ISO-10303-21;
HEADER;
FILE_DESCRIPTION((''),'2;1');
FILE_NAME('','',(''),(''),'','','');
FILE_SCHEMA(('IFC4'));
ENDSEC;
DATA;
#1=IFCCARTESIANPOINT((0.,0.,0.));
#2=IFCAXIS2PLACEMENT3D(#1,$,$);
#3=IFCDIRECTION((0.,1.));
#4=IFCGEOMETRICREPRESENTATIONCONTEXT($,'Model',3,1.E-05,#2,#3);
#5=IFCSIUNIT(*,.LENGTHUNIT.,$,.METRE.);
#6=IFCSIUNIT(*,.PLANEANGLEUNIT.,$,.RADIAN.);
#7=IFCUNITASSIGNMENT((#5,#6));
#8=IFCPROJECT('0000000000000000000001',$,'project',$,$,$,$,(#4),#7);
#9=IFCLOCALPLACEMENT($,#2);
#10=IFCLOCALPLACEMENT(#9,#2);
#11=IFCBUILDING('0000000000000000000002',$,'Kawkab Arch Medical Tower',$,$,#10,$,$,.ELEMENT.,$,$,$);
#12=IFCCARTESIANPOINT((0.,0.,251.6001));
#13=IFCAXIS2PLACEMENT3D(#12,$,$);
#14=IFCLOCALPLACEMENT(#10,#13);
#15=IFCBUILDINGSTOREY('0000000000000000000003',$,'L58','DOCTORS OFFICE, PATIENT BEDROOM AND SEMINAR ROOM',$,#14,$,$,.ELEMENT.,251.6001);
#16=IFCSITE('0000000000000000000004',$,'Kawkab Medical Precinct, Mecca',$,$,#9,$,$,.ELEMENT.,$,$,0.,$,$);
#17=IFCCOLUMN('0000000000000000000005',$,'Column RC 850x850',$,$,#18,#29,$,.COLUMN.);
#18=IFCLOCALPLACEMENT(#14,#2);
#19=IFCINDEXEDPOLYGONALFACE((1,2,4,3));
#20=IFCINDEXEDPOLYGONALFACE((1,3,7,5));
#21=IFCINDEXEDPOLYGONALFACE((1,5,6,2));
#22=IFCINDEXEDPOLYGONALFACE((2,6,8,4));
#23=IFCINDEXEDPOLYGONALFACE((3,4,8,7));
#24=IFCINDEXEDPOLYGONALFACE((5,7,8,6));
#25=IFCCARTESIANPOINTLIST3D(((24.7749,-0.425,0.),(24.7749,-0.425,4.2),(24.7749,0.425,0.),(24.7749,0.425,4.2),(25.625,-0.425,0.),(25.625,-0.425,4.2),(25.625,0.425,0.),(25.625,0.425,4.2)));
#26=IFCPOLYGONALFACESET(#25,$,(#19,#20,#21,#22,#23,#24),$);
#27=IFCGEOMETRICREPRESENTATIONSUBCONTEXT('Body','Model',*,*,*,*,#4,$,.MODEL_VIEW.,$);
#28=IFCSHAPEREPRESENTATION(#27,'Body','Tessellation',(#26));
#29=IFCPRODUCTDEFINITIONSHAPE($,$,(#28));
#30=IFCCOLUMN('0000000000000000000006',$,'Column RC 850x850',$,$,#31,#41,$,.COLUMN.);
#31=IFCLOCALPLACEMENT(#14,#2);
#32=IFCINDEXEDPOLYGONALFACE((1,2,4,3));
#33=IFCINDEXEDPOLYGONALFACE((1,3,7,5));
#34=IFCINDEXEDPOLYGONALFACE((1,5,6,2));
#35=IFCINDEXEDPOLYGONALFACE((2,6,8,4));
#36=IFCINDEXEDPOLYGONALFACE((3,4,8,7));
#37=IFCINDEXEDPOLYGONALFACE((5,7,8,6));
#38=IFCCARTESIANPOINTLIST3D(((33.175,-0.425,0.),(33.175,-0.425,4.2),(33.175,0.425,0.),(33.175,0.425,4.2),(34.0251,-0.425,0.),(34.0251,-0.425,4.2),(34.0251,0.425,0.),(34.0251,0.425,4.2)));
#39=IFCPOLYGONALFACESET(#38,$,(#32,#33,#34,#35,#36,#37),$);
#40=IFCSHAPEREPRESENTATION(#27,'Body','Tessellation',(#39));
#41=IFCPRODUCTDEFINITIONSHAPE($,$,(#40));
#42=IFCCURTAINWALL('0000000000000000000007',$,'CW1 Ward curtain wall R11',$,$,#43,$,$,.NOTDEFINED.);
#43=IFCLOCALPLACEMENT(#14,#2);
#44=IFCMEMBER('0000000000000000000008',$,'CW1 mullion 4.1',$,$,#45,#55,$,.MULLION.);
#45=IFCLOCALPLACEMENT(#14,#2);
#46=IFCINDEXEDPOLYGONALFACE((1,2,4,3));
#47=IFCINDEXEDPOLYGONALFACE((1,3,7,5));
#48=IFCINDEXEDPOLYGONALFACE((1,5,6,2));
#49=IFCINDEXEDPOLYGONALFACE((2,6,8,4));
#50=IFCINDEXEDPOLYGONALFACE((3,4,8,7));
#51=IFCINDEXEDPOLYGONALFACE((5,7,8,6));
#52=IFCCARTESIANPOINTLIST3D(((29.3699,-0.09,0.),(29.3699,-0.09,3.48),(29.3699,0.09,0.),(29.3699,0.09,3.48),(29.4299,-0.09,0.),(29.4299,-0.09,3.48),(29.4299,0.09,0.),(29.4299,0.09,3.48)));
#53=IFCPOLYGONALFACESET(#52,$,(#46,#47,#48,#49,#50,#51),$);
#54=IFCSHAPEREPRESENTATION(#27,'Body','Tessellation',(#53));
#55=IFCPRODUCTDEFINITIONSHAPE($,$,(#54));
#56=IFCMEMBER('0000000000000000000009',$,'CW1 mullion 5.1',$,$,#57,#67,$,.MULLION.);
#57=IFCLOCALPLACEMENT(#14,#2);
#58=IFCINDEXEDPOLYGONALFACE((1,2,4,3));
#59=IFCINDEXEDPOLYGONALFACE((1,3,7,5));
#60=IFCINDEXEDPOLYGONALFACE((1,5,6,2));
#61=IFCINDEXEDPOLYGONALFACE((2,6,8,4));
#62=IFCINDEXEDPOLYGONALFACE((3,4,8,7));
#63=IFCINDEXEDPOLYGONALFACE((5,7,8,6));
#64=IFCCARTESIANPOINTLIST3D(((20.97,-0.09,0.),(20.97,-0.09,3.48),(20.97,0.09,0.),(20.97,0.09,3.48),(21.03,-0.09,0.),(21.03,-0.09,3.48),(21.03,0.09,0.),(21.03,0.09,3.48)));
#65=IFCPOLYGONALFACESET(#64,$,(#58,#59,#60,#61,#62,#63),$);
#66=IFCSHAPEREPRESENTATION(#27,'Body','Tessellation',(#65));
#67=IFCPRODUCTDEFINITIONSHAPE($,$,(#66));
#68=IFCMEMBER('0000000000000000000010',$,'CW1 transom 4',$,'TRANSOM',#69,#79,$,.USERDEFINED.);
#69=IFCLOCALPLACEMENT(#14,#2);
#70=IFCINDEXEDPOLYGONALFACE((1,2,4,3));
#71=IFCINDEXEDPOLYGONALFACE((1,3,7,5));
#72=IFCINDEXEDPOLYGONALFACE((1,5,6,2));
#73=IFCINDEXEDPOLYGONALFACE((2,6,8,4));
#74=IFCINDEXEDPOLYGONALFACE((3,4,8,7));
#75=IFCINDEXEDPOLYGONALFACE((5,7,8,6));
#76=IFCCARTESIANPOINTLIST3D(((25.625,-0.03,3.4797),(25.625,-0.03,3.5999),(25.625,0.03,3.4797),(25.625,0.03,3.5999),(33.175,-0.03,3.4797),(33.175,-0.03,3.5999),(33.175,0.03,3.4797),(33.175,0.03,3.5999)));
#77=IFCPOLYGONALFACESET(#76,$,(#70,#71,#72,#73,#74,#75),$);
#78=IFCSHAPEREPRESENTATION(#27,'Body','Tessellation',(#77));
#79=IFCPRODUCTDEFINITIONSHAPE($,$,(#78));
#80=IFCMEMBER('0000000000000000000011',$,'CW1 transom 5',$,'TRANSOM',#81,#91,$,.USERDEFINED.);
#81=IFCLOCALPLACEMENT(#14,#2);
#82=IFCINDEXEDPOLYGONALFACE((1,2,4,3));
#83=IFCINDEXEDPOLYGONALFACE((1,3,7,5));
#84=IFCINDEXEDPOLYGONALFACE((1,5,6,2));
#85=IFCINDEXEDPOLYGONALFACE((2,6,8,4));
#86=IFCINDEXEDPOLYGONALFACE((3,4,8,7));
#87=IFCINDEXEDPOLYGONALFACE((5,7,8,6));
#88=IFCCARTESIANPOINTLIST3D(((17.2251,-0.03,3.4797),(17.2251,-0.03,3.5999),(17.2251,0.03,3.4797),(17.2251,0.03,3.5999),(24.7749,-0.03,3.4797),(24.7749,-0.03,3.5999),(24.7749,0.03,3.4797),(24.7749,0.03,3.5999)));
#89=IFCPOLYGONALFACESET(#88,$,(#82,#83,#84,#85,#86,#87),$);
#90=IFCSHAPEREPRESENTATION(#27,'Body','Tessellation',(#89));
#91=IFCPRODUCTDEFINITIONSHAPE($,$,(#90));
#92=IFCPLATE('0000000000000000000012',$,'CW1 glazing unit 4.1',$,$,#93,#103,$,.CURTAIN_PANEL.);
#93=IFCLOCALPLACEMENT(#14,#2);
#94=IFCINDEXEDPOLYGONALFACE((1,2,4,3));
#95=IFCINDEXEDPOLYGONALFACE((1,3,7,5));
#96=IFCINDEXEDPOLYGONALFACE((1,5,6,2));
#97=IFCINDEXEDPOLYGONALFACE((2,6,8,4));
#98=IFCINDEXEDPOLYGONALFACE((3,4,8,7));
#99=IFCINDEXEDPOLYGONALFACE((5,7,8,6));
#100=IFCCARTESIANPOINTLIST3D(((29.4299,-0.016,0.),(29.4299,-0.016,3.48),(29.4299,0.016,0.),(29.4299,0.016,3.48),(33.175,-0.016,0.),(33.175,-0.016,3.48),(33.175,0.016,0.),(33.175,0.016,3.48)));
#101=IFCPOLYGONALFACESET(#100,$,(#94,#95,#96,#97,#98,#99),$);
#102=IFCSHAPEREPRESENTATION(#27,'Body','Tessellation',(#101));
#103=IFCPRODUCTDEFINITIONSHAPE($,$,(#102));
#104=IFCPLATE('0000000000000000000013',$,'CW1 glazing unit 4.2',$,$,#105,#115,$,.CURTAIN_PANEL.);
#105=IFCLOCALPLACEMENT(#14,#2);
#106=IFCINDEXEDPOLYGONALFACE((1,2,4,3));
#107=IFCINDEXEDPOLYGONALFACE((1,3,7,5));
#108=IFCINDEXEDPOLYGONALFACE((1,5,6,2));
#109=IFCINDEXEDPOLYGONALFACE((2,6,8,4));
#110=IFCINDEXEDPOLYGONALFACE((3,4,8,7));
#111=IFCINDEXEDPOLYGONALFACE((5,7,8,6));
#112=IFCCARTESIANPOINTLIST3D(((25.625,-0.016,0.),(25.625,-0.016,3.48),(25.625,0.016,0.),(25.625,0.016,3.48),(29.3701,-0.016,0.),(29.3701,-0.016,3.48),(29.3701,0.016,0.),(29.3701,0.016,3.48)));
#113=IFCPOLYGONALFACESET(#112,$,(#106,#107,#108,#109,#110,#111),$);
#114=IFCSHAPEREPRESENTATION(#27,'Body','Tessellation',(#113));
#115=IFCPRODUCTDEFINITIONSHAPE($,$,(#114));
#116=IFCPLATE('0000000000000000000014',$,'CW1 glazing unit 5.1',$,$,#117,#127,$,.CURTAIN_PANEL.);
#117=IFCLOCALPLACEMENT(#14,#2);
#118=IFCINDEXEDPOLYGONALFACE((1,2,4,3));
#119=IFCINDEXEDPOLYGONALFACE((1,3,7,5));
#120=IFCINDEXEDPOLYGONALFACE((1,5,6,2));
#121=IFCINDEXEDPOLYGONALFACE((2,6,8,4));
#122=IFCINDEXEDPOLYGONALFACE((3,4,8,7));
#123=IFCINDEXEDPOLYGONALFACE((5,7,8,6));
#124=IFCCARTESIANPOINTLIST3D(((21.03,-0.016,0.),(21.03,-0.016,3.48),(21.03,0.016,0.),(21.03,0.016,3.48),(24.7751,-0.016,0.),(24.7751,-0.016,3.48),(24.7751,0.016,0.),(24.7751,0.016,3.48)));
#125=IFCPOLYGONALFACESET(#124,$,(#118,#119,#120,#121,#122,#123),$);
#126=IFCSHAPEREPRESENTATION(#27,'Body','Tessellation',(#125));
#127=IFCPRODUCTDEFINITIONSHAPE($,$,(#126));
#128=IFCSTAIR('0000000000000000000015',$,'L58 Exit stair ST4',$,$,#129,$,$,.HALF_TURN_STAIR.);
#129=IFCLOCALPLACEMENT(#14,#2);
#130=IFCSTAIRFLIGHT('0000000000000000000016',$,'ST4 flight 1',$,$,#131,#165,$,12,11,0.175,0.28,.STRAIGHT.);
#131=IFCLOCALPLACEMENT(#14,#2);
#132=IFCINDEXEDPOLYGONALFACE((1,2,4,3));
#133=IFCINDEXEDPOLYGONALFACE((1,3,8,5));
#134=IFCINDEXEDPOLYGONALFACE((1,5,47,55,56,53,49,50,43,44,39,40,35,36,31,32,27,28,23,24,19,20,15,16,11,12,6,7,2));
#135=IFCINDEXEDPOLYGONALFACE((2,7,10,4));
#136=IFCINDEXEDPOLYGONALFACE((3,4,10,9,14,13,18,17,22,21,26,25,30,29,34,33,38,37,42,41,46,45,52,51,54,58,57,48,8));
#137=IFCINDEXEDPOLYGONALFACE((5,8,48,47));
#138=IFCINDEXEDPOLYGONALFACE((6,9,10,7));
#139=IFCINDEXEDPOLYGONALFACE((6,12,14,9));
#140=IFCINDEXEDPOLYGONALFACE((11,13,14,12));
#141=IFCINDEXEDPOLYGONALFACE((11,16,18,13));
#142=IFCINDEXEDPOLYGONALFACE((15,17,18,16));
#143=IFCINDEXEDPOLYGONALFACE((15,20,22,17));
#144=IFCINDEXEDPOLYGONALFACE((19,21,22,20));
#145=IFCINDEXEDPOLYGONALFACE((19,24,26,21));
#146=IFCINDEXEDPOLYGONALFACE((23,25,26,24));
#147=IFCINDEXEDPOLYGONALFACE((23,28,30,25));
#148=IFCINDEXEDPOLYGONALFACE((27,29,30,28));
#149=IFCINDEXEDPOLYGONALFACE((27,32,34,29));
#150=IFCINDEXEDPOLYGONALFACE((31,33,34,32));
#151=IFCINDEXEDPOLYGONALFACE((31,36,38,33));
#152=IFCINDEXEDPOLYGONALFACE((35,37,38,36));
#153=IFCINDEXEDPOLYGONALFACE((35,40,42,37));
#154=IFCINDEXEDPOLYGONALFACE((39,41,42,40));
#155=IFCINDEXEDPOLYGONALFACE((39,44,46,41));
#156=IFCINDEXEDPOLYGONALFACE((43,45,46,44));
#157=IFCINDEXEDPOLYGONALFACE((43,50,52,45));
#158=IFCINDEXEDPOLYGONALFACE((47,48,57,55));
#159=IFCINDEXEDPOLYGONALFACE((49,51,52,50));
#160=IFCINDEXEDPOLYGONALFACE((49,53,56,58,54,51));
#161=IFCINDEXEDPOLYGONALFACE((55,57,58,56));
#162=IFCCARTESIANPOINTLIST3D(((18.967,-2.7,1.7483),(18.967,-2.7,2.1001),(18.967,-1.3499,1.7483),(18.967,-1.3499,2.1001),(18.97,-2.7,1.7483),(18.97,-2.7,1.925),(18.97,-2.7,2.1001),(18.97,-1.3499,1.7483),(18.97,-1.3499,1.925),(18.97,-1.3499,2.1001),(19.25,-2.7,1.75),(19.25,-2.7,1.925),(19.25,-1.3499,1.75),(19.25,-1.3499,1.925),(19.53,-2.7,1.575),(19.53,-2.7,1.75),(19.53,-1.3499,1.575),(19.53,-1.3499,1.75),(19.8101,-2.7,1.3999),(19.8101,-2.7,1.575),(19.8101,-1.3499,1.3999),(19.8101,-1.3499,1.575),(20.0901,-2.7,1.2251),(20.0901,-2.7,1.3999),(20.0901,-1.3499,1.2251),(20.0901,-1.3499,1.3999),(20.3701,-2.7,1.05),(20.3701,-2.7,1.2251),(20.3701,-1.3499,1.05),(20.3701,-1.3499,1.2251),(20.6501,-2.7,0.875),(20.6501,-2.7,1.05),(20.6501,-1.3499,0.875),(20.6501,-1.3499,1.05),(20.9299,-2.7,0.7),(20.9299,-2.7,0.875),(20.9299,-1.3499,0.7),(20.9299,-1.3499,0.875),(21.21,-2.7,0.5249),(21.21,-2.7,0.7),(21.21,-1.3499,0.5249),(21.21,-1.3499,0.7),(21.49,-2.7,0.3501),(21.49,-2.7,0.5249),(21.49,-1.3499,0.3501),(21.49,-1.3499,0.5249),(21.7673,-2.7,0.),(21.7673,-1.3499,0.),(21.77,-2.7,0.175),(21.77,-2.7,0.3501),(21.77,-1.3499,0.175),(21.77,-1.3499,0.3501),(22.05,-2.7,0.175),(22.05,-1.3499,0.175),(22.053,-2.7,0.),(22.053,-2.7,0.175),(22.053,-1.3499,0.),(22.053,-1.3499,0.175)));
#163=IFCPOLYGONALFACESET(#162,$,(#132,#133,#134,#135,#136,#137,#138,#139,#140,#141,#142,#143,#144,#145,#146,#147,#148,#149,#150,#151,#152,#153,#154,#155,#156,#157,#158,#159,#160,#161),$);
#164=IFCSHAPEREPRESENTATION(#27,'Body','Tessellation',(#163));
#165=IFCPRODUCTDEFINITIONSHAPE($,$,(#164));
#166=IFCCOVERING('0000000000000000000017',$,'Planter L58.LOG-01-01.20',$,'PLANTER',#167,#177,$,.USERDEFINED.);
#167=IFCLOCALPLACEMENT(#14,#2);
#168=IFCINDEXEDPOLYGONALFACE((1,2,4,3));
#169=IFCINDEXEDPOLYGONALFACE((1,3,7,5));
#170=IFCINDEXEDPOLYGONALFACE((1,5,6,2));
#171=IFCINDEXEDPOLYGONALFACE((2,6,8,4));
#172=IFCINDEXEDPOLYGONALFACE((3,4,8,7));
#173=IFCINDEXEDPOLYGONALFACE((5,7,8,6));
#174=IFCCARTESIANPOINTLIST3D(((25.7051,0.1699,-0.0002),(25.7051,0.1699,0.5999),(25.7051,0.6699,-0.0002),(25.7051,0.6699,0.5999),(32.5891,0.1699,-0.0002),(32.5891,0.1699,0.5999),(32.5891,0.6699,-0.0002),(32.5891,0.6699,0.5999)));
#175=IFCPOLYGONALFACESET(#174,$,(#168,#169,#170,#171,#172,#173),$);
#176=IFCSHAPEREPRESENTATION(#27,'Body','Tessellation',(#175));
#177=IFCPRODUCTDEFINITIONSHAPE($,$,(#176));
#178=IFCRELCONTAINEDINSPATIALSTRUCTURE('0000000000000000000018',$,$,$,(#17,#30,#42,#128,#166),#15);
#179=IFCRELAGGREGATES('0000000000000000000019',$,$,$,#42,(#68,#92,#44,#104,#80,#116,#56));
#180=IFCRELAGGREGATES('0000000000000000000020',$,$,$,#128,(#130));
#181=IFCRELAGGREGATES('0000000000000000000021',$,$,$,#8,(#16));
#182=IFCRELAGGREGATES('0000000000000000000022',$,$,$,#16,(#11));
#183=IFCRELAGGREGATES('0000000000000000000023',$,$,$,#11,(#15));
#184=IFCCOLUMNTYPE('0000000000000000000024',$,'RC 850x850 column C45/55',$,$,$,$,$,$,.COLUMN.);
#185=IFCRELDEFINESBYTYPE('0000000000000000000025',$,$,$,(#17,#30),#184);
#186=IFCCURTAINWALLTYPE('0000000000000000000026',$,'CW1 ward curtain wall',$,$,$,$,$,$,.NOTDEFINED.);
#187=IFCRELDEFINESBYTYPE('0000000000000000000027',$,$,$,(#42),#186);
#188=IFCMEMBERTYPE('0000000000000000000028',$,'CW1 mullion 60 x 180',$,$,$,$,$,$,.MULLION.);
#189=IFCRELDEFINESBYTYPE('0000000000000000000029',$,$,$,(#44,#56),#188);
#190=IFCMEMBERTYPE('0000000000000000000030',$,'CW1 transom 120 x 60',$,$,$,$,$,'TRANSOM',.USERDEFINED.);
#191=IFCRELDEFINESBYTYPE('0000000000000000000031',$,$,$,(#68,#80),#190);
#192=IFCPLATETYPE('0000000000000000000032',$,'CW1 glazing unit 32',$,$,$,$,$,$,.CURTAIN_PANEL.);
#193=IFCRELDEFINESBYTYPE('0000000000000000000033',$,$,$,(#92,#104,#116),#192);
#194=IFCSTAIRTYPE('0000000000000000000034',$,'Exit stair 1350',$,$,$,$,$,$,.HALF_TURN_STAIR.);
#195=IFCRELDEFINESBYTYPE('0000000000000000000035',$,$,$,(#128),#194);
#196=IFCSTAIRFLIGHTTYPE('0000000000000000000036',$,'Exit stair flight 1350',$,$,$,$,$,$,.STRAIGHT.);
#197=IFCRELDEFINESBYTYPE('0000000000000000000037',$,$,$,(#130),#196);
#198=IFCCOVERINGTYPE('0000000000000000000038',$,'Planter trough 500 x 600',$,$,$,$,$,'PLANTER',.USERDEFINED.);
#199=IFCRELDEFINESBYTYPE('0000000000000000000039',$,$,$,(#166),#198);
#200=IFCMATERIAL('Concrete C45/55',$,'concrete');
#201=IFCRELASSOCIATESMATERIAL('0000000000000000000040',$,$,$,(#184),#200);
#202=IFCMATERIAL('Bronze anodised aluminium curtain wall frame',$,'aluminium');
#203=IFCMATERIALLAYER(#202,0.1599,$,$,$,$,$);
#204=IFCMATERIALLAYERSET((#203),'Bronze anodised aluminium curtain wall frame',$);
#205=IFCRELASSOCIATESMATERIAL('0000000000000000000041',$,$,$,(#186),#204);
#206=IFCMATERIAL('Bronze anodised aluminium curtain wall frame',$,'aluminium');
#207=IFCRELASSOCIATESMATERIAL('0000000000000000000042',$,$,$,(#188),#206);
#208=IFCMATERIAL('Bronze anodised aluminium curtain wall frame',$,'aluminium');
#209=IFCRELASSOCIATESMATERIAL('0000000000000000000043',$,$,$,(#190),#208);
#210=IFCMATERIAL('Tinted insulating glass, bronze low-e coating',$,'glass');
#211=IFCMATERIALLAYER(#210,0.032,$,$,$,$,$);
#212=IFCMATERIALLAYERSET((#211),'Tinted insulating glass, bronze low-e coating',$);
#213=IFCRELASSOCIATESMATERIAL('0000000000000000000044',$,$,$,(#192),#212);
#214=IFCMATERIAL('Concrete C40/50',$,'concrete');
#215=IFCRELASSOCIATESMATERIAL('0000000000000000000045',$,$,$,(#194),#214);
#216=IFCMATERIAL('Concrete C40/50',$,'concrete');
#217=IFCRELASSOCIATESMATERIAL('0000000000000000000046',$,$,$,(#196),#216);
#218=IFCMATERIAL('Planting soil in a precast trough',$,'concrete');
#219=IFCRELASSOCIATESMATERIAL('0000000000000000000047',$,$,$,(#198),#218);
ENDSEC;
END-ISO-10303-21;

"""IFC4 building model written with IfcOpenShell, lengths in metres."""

from ifc_helpers import new_model, si_unit, direction, frame, origin, origin_2d, place, context, subcontext, project, spatial, polyline, rectangle, outline, extrude, material, layer, layer_set, material_profile, profile_set, type_object, element, aggregate, save


model = new_model("IFC4")

# Units and contexts
model_context = context("Model", 3, precision=1e-05, world=origin(), true_north=direction((0.0, 1.0)))
body_context = subcontext(model_context, "Body", "Model", "MODEL_VIEW")
ifc_project = project(units=[si_unit("LENGTHUNIT", "METRE"), si_unit("PLANEANGLEUNIT", "RADIAN")], contexts=[model_context])

# Site, building, storey
site_placement = place(None, origin())
site = spatial("IfcSite", under=ifc_project, at=site_placement, Name="Kawkab Medical Precinct, Mecca", CompositionType="ELEMENT", RefElevation=0.0)
building_placement = place(site_placement, origin())
building = spatial("IfcBuilding", under=site, at=building_placement, Name="Kawkab Arch Medical Tower", CompositionType="ELEMENT")
storey_placement = place(building_placement, frame((0.0, 0.0, 251.6001)))
storey = spatial("IfcBuildingStorey", under=building, at=storey_placement, Name="L58", Description="DOCTORS OFFICE, PATIENT BEDROOM AND SEMINAR ROOM", CompositionType="ELEMENT", Elevation=251.6001)

# Columns
ifc_material_1 = material(Name="Concrete C45/55", Category="concrete")
ifc_material_profile_1 = material_profile(ifc_material_1, rectangle(XDim=0.8501, YDim=0.8501, at=origin_2d()), Name="RC 850x850")
ifc_profile_set_1 = profile_set([ifc_material_profile_1], Name="Concrete C45/55")
column_type = type_object("IfcColumnType", Name="RC 850x850 column C45/55", PredefinedType="COLUMN", material=ifc_profile_set_1)
for number, where, z_axis, x_axis, name in (
    (1, (25.2, 0.0, 0.0), (0.0, 0.0, 1.0), (1.0, 0.0, 0.0), "Column RC 850x850"),
    (2, (33.6001, 0.0, 0.0), (0.0, 0.0, 1.0), (1.0, 0.0, 0.0), "Column RC 850x850"),
):
    element("IfcColumn", number, at=place(storey_placement, frame(where, z_axis=z_axis, x_axis=x_axis)), inside=storey, type_object=column_type, Name=name, PredefinedType="COLUMN", context=body_context, shape_type="SweptSolid", body=[
        extrude(rectangle(XDim=0.8501, YDim=0.8501, at=origin_2d()), origin(), (0.0, 0.0, 1.0), 4.2),
    ])

# Curtain wall, members, plates
ifc_material_2 = material(Name="Bronze anodised aluminium curtain wall frame", Category="aluminium")
ifc_layer_1 = layer(ifc_material_2, 0.1599)
ifc_layer_set_1 = layer_set([ifc_layer_1], Name="Bronze anodised aluminium curtain wall frame")
curtain_wall_type = type_object("IfcCurtainWallType", Name="CW1 ward curtain wall", PredefinedType="NOTDEFINED", material=ifc_layer_set_1)
placement = place(storey_placement, origin())
curtain_wall = element("IfcCurtainWall", 3, at=placement, inside=storey, type_object=curtain_wall_type, Name="CW1 Ward curtain wall R11", PredefinedType="NOTDEFINED")
ifc_material_3 = material(Name="Bronze anodised aluminium curtain wall frame", Category="aluminium")
ifc_material_profile_2 = material_profile(ifc_material_3, rectangle(XDim=0.1799, YDim=0.0601, at=origin_2d()), Name="AL 60x180")
ifc_profile_set_2 = profile_set([ifc_material_profile_2], Name="Bronze anodised aluminium curtain wall frame")
member_type_1 = type_object("IfcMemberType", Name="CW1 mullion 60 x 180", PredefinedType="MULLION", material=ifc_profile_set_2)
member_1_placement = place(storey_placement, frame((29.3999, 0.0, 0.0), z_axis=(0.0, 0.0, 1.0), x_axis=(0.0, -1.0, 0.0)))
member_1 = element("IfcMember", 4, at=member_1_placement, type_object=member_type_1, Name="CW1 mullion 4.1", PredefinedType="MULLION", context=body_context, shape_type="SweptSolid", body=[
    extrude(rectangle(XDim=0.1799, YDim=0.0601, at=origin_2d()), origin(), (0.0, 0.0, 1.0), 3.48),
])
member_2_placement = place(storey_placement, frame((21.0, 0.0, 0.0), z_axis=(0.0, 0.0, 1.0), x_axis=(0.0, -1.0, 0.0)))
member_2 = element("IfcMember", 5, at=member_2_placement, type_object=member_type_1, Name="CW1 mullion 5.1", PredefinedType="MULLION", context=body_context, shape_type="SweptSolid", body=[
    extrude(rectangle(XDim=0.1799, YDim=0.0601, at=origin_2d()), origin(), (0.0, 0.0, 1.0), 3.48),
])
ifc_material_4 = material(Name="Bronze anodised aluminium curtain wall frame", Category="aluminium")
ifc_material_profile_3 = material_profile(ifc_material_4, rectangle(XDim=0.0601, YDim=0.1201, at=origin_2d()), Name="AL 60x120")
ifc_profile_set_3 = profile_set([ifc_material_profile_3], Name="Bronze anodised aluminium curtain wall frame")
member_type_2 = type_object("IfcMemberType", Name="CW1 transom 120 x 60", ElementType="TRANSOM", PredefinedType="USERDEFINED", material=ifc_profile_set_3)
member_3_placement = place(storey_placement, frame((33.175, 0.0, 3.5398), z_axis=(-1.0, 0.0, 0.0), x_axis=(0.0, -1.0, 0.0)))
member_3 = element("IfcMember", 6, at=member_3_placement, type_object=member_type_2, Name="CW1 transom 4", ObjectType="TRANSOM", PredefinedType="USERDEFINED", context=body_context, shape_type="SweptSolid", body=[
    extrude(rectangle(XDim=0.0601, YDim=0.1201, at=origin_2d()), origin(), (0.0, 0.0, 1.0), 7.55),
])
member_4_placement = place(storey_placement, frame((24.7749, 0.0, 3.5398), z_axis=(-1.0, 0.0, 0.0), x_axis=(0.0, -1.0, 0.0)))
member_4 = element("IfcMember", 7, at=member_4_placement, type_object=member_type_2, Name="CW1 transom 5", ObjectType="TRANSOM", PredefinedType="USERDEFINED", context=body_context, shape_type="SweptSolid", body=[
    extrude(rectangle(XDim=0.0601, YDim=0.1201, at=origin_2d()), origin(), (0.0, 0.0, 1.0), 7.5498),
])
ifc_material_5 = material(Name="Tinted insulating glass, bronze low-e coating", Category="glass")
ifc_layer_2 = layer(ifc_material_5, 0.032)
ifc_layer_set_2 = layer_set([ifc_layer_2], Name="Tinted insulating glass, bronze low-e coating")
plate_type = type_object("IfcPlateType", Name="CW1 glazing unit 32", PredefinedType="CURTAIN_PANEL", material=ifc_layer_set_2)
plate_1_placement = place(storey_placement, frame((31.3025, 0.0, 0.0), z_axis=(0.0, 0.0, 1.0), x_axis=(-1.0, 0.0, 0.0)))
plate_1 = element("IfcPlate", 8, at=plate_1_placement, type_object=plate_type, Name="CW1 glazing unit 4.1", PredefinedType="CURTAIN_PANEL", context=body_context, shape_type="SweptSolid", body=[
    extrude(rectangle(XDim=3.7451, YDim=0.032, at=origin_2d()), origin(), (0.0, 0.0, 1.0), 3.48),
])
plate_2_placement = place(storey_placement, frame((27.4976, 0.0, 0.0), z_axis=(0.0, 0.0, 1.0), x_axis=(-1.0, 0.0, 0.0)))
plate_2 = element("IfcPlate", 9, at=plate_2_placement, type_object=plate_type, Name="CW1 glazing unit 4.2", PredefinedType="CURTAIN_PANEL", context=body_context, shape_type="SweptSolid", body=[
    extrude(rectangle(XDim=3.7451, YDim=0.032, at=origin_2d()), origin(), (0.0, 0.0, 1.0), 3.48),
])
plate_3_placement = place(storey_placement, frame((22.9026, 0.0, 0.0), z_axis=(0.0, 0.0, 1.0), x_axis=(-1.0, 0.0, 0.0)))
plate_3 = element("IfcPlate", 10, at=plate_3_placement, type_object=plate_type, Name="CW1 glazing unit 5.1", PredefinedType="CURTAIN_PANEL", context=body_context, shape_type="SweptSolid", body=[
    extrude(rectangle(XDim=3.7451, YDim=0.032, at=origin_2d()), origin(), (0.0, 0.0, 1.0), 3.48),
])
aggregate(curtain_wall, [member_3, plate_1, member_1, plate_2, member_4, plate_3, member_2])

# Stair, stair flight
ifc_material_6 = material(Name="Concrete C40/50", Category="concrete")
stair_type = type_object("IfcStairType", Name="Exit stair 1350", PredefinedType="HALF_TURN_STAIR", material=ifc_material_6)
stair = element("IfcStair", 11, at=placement, inside=storey, type_object=stair_type, Name="L58 Exit stair ST4", PredefinedType="HALF_TURN_STAIR")
ifc_material_7 = material(Name="Concrete C40/50", Category="concrete")
stair_flight_type = type_object("IfcStairFlightType", Name="Exit stair flight 1350", PredefinedType="STRAIGHT", material=ifc_material_7)
stair_flight_placement = place(storey_placement, frame((22.05, -2.0249, 0.0), z_axis=(0.0, 0.0, 1.0), x_axis=(-1.0, 0.0, 0.0)))
stair_flight = element("IfcStairFlight", 12, at=stair_flight_placement, type_object=stair_flight_type, Name="ST4 flight 1", NumberOfRisers=12, NumberOfTreads=11, PredefinedType="STRAIGHT", RiserHeight=0.175, TreadLength=0.28, context=body_context, shape_type="SweptSolid", body=[
    extrude(outline(polyline([(-0.0029, 0.0), (-0.0029, 0.175), (0.0, 0.175), (0.28, 0.175), (0.28, 0.3501), (0.5601, 0.3501), (0.5601, 0.5249), (0.8401, 0.5249), (0.8401, 0.7), (1.1201, 0.7), (1.1201, 0.875), (1.3999, 0.875), (1.3999, 1.05), (1.6799, 1.05), (1.6799, 1.2251), (1.96, 1.2251), (1.96, 1.3999), (2.24, 1.3999), (2.24, 1.575), (2.52, 1.575), (2.52, 1.75), (2.8, 1.75), (2.8, 1.925), (3.0801, 1.925), (3.0801, 2.1001), (3.083, 2.1001), (3.083, 1.7483), (3.0801, 1.7483), (0.2827, 0.0), (-0.0029, 0.0)])), frame((0.0, 0.675, 0.0), z_axis=(0.0, -1.0, 0.0), x_axis=(1.0, 0.0, 0.0)), (0.0, 0.0, 1.0), 1.3501),
])
aggregate(stair, [stair_flight])

# Covering
ifc_material_8 = material(Name="Planting soil in a precast trough", Category="concrete")
ifc_material_profile_4 = material_profile(ifc_material_8, rectangle(XDim=0.5, YDim=0.6001, at=origin_2d()), Name="Trough 500x600")
ifc_profile_set_4 = profile_set([ifc_material_profile_4], Name="Planting soil in a precast trough")
covering_type = type_object("IfcCoveringType", Name="Planter trough 500 x 600", ElementType="PLANTER", PredefinedType="USERDEFINED", material=ifc_profile_set_4)
covering_1_placement = place(storey_placement, frame((25.7051, 0.4199, 0.2998), z_axis=(1.0, 0.0, 0.0), x_axis=(0.0, 1.0, 0.0)))
element("IfcCovering", 13, at=covering_1_placement, inside=storey, type_object=covering_type, Name="Planter L58.LOG-01-01.20", ObjectType="PLANTER", PredefinedType="USERDEFINED", context=body_context, shape_type="SweptSolid", body=[
    extrude(rectangle(XDim=0.5, YDim=0.6001, at=origin_2d()), origin(), (0.0, 0.0, 1.0), 6.884),
])

save(model, "model.ifc")
